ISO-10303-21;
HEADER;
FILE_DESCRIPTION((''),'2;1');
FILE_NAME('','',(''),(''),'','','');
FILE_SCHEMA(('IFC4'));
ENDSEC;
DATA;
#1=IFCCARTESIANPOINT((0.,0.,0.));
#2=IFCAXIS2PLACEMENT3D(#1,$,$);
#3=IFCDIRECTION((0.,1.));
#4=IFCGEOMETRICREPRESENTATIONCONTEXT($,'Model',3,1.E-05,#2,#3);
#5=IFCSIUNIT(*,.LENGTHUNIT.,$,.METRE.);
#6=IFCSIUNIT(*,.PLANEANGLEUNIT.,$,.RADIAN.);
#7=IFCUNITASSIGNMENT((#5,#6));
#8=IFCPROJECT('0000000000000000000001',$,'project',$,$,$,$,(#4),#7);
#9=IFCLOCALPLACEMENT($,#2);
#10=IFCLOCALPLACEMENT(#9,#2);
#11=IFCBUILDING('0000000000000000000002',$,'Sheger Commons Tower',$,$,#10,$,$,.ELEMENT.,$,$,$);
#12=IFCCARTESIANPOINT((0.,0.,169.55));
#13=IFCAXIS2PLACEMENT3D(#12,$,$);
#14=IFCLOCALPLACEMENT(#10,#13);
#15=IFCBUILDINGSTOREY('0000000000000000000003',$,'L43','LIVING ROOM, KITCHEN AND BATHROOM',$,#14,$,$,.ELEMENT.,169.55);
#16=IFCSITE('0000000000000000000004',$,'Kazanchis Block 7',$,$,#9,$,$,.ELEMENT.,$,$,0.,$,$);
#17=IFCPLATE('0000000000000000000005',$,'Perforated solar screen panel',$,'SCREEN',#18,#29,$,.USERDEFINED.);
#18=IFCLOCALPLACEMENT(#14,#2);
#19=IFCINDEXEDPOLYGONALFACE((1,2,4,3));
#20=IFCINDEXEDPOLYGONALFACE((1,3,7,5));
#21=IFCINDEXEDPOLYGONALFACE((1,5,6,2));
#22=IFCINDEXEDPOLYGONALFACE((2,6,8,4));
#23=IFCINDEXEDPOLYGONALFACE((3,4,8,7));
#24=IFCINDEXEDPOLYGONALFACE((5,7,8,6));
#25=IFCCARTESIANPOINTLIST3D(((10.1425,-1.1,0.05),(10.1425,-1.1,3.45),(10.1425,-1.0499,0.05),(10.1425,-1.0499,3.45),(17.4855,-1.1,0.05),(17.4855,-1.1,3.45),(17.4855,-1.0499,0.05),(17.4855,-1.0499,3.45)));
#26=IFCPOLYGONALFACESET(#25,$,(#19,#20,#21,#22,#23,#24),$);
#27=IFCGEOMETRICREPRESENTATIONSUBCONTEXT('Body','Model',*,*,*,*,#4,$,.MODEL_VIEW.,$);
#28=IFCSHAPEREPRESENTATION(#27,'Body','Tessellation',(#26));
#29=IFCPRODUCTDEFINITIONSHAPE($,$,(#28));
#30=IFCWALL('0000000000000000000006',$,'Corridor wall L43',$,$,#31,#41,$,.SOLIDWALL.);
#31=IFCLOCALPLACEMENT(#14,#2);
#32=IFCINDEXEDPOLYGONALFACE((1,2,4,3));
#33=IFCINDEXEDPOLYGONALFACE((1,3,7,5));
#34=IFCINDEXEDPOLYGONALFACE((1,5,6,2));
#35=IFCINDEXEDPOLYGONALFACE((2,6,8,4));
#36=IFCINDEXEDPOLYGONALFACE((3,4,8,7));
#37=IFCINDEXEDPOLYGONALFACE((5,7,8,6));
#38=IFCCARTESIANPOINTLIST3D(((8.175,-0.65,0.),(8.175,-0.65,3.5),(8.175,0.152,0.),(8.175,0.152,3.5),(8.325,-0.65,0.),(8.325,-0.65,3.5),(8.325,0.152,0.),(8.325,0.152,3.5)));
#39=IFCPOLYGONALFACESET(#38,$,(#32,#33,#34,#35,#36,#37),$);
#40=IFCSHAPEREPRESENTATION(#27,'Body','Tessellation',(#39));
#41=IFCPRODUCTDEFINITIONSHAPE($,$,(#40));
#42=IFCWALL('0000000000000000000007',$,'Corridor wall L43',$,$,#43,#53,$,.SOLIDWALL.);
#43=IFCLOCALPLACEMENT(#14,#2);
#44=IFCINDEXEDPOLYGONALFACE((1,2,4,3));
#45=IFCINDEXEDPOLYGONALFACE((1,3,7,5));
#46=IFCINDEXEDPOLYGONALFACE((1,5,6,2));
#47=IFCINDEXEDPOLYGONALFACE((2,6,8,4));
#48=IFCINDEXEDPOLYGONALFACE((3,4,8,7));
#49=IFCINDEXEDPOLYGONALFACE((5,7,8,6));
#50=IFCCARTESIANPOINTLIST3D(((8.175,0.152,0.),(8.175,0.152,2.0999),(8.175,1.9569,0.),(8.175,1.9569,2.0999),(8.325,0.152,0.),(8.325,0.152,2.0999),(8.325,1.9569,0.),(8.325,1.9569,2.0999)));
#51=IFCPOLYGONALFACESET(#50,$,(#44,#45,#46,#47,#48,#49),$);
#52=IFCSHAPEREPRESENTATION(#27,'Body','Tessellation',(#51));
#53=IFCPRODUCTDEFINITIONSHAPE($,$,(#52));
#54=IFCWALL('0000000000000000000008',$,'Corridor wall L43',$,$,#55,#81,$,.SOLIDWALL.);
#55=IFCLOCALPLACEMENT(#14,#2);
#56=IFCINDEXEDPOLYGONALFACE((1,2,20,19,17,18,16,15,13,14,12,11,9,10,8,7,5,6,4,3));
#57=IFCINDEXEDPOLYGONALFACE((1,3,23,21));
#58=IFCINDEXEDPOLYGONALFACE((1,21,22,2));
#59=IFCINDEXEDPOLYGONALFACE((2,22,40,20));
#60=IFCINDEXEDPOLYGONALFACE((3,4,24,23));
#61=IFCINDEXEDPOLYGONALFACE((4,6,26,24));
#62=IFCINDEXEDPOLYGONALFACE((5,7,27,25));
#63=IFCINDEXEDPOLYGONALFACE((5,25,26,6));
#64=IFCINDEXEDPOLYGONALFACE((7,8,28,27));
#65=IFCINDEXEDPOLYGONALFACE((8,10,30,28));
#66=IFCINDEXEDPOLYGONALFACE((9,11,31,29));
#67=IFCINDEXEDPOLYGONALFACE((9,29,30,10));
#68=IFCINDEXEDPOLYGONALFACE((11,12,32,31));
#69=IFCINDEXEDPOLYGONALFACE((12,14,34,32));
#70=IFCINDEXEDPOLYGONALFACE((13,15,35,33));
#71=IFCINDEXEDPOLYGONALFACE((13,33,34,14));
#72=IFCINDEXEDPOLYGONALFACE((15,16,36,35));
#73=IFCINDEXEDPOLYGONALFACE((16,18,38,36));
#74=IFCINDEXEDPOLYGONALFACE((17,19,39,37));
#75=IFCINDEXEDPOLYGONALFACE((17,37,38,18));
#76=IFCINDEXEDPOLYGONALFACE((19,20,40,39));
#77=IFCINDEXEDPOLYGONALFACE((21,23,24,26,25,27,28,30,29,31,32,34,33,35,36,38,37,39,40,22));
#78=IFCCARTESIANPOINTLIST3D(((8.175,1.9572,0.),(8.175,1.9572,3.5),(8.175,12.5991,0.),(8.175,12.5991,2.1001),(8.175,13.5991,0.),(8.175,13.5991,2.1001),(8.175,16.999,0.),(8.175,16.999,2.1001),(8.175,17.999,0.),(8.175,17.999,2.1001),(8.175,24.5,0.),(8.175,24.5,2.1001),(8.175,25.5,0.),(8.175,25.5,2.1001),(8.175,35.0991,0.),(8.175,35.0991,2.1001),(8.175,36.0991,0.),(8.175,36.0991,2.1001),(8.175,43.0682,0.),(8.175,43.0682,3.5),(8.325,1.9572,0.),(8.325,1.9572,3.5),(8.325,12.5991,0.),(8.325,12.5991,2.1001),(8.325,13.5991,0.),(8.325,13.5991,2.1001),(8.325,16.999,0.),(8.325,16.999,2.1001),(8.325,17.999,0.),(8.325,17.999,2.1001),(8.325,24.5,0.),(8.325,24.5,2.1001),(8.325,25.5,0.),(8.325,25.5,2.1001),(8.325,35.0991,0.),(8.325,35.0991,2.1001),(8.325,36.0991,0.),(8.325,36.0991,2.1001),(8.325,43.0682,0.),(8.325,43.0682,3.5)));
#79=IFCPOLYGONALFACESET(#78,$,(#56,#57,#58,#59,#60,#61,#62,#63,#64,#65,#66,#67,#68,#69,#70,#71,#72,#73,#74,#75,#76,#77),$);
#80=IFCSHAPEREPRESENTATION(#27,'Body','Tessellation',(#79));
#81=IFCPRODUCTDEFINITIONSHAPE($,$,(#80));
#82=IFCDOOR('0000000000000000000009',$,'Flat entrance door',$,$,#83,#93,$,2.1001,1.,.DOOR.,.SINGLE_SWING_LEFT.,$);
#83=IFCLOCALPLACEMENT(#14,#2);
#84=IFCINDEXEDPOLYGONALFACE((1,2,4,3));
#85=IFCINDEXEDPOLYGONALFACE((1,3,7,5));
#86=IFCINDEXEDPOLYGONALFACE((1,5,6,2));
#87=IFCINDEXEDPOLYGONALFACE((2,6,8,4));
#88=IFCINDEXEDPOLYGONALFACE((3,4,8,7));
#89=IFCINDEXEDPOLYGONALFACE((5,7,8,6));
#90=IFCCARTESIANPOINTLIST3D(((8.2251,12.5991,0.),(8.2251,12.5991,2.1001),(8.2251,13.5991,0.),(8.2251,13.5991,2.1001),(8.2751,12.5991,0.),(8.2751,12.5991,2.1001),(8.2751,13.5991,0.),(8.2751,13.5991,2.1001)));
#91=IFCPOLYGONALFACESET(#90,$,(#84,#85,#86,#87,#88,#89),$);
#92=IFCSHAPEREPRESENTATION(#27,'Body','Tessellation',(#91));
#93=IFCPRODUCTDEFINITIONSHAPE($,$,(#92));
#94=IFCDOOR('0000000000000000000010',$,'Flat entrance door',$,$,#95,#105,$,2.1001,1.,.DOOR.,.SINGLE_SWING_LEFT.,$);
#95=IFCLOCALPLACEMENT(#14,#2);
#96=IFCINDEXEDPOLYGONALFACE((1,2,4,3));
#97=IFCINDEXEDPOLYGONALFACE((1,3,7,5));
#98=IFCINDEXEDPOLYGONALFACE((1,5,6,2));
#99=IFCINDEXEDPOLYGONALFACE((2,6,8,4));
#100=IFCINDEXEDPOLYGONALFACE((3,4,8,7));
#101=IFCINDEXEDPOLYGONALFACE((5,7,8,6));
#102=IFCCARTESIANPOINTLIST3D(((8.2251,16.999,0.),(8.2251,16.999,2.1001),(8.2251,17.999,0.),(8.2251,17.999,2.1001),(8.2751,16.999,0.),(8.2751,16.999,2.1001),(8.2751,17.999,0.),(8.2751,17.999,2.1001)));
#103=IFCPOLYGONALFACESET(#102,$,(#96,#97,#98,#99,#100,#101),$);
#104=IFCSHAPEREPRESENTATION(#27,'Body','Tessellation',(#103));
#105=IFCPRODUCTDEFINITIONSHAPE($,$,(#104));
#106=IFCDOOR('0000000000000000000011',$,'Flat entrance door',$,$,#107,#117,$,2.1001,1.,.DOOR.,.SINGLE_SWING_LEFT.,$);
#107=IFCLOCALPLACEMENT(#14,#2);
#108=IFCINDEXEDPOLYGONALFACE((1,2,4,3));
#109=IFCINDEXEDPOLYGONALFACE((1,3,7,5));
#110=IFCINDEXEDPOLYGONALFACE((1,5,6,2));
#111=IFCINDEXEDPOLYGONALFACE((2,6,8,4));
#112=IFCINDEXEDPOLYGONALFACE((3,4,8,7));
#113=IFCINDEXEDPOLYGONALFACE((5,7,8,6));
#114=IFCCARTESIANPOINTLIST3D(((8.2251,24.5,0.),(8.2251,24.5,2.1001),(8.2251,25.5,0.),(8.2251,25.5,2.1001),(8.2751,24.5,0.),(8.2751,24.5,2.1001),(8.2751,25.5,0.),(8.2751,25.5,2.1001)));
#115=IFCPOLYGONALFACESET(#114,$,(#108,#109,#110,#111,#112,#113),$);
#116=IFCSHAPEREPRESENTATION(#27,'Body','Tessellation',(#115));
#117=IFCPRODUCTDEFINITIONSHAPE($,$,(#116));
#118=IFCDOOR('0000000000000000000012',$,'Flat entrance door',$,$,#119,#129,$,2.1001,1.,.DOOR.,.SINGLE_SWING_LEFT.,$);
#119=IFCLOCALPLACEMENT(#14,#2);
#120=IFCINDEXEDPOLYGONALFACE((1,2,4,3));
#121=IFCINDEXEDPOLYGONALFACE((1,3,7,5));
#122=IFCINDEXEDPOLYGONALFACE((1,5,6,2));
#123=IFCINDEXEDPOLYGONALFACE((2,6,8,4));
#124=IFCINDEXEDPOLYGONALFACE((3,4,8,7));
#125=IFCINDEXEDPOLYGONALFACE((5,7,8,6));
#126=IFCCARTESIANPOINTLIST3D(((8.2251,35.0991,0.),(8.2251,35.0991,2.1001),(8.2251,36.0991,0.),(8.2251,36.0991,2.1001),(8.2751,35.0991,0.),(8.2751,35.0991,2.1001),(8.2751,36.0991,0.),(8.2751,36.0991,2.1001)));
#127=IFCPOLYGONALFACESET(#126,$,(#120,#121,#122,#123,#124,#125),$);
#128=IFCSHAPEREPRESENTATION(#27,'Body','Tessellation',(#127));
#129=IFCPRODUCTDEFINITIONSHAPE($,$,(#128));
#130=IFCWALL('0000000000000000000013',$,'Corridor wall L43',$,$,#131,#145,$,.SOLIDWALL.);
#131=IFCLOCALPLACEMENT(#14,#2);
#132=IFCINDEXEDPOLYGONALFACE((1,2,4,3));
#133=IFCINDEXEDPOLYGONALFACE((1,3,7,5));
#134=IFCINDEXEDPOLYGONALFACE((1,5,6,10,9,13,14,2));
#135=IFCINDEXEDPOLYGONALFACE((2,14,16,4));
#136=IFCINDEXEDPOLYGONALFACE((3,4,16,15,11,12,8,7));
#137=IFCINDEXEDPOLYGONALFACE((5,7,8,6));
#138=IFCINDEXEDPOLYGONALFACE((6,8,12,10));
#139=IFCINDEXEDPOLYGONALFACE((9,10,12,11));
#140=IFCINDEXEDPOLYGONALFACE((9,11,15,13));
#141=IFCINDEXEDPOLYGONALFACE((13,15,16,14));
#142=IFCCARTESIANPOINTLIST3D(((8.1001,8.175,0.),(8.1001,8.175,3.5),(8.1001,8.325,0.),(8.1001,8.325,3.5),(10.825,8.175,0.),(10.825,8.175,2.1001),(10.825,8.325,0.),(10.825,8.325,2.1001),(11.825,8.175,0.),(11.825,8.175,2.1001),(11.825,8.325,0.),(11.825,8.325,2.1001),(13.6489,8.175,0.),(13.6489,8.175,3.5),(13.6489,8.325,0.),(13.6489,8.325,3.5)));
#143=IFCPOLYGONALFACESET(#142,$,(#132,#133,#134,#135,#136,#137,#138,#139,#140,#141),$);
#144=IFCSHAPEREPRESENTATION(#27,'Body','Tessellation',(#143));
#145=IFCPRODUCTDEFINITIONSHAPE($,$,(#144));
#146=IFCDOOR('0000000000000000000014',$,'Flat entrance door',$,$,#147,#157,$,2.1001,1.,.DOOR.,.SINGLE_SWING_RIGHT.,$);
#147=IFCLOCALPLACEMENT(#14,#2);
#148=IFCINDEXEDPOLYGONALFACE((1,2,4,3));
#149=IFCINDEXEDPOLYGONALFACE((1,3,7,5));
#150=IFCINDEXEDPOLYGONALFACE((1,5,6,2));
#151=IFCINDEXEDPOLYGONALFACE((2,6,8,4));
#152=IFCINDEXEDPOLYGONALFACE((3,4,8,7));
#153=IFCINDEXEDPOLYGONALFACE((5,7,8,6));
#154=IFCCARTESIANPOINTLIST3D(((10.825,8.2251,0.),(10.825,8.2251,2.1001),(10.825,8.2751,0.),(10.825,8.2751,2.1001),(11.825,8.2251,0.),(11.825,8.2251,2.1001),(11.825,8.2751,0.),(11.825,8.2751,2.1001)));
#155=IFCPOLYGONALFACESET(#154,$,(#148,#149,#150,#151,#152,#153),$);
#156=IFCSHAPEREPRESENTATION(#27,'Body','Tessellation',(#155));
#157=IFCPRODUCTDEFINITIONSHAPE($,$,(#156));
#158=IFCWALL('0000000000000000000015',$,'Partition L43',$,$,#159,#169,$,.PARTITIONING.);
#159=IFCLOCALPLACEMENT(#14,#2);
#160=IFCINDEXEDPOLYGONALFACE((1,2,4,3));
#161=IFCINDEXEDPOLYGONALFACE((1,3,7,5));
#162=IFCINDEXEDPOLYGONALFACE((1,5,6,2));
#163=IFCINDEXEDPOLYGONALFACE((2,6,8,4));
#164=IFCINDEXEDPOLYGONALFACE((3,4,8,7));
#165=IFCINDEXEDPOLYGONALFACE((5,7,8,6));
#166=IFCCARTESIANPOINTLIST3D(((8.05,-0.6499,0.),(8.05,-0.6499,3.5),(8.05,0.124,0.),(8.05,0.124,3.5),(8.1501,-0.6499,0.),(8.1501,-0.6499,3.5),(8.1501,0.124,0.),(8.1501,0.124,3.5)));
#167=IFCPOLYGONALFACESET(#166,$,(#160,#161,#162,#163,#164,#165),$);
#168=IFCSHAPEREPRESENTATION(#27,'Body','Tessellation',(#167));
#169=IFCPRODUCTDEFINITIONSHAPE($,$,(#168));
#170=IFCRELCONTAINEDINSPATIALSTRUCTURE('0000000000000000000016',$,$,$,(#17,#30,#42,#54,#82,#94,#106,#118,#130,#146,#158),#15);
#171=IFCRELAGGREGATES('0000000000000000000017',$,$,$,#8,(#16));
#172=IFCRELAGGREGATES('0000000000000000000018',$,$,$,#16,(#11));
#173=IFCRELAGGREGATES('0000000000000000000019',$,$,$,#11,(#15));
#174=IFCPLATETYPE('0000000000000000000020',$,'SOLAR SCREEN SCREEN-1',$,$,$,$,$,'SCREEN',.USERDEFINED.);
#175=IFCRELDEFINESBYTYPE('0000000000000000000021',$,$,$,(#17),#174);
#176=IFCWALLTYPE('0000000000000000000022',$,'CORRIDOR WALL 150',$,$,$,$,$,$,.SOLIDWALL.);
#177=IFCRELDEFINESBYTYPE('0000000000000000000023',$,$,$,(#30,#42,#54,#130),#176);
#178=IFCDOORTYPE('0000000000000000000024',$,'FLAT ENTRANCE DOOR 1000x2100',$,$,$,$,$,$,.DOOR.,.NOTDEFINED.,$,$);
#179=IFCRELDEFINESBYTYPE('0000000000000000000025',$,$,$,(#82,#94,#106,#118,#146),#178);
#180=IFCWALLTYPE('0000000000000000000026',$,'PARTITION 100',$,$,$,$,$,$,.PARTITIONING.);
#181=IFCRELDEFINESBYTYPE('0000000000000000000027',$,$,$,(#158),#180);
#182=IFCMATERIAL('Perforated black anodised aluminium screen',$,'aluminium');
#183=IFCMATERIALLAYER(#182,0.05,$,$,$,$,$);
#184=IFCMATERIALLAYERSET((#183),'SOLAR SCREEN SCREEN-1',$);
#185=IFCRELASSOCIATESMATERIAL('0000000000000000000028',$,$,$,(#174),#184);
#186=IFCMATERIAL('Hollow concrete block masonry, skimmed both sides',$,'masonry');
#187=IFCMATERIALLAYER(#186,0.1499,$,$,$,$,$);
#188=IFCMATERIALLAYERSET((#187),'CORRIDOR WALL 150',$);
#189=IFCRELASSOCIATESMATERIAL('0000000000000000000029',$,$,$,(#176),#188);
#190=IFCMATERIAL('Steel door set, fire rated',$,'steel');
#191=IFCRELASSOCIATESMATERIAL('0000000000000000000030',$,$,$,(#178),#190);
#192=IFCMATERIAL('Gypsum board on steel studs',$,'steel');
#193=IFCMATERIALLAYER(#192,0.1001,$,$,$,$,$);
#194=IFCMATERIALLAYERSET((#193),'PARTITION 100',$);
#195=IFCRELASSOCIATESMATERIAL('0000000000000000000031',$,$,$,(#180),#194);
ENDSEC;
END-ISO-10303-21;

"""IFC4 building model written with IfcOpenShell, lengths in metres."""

from ifc_helpers import new_model, si_unit, direction, frame, frame_2d, origin, origin_2d, place, context, subcontext, project, spatial, rectangle, extrude, material, layer, layer_set, type_object, element, fill, save


model = new_model("IFC4")

# Units and contexts
model_context = context("Model", 3, precision=1e-05, world=origin(), true_north=direction((0.0, 1.0)))
body_context = subcontext(model_context, "Body", "Model", "MODEL_VIEW")
ifc_project = project(units=[si_unit("LENGTHUNIT", "METRE"), si_unit("PLANEANGLEUNIT", "RADIAN")], contexts=[model_context])

# Site, building, storey
site_placement = place(None, origin())
site = spatial("IfcSite", under=ifc_project, at=site_placement, Name="Kazanchis Block 7", CompositionType="ELEMENT", RefElevation=0.0)
building_placement = place(site_placement, origin())
building = spatial("IfcBuilding", under=site, at=building_placement, Name="Sheger Commons Tower", CompositionType="ELEMENT")
storey_placement = place(building_placement, frame((0.0, 0.0, 169.55)))
storey = spatial("IfcBuildingStorey", under=building, at=storey_placement, Name="L43", Description="LIVING ROOM, KITCHEN AND BATHROOM", CompositionType="ELEMENT", Elevation=169.55)

# Plate
ifc_material_1 = material(Name="Perforated black anodised aluminium screen", Category="aluminium")
ifc_layer_1 = layer(ifc_material_1, 0.05)
ifc_layer_set_1 = layer_set([ifc_layer_1], Name="SOLAR SCREEN SCREEN-1")
plate_type = type_object("IfcPlateType", Name="SOLAR SCREEN SCREEN-1", ElementType="SCREEN", PredefinedType="USERDEFINED", material=ifc_layer_set_1)
plate_placement = place(storey_placement, frame((13.814, -1.075, 0.05), z_axis=(0.0, 0.0, 1.0), x_axis=(1.0, 0.0, 0.0)))
element("IfcPlate", 1, at=plate_placement, inside=storey, type_object=plate_type, Name="Perforated solar screen panel", ObjectType="SCREEN", PredefinedType="USERDEFINED", context=body_context, shape_type="SweptSolid", body=[
    extrude(rectangle(XDim=7.343, YDim=0.05, at=origin_2d()), origin(), (0.0, 0.0, 1.0), 3.3999),
])

# Walls
ifc_material_2 = material(Name="Hollow concrete block masonry, skimmed both sides", Category="masonry")
ifc_layer_2 = layer(ifc_material_2, 0.1499)
ifc_layer_set_2 = layer_set([ifc_layer_2], Name="CORRIDOR WALL 150")
wall_type_1 = type_object("IfcWallType", Name="CORRIDOR WALL 150", PredefinedType="SOLIDWALL", material=ifc_layer_set_2)
wall_1_placement = place(storey_placement, frame((8.25, -0.6499, 0.0), z_axis=(0.0, 0.0, 1.0), x_axis=(0.0, 1.0, 0.0)))
element("IfcWall", 2, at=wall_1_placement, inside=storey, type_object=wall_type_1, Name="Corridor wall L43", PredefinedType="SOLIDWALL", context=body_context, shape_type="SweptSolid", body=[
    extrude(rectangle(XDim=0.802, YDim=0.1499, at=frame_2d((0.4009, 0.0))), origin(), (0.0, 0.0, 1.0), 3.5),
])
wall_2_placement = place(storey_placement, frame((8.25, 0.1521, 0.0), z_axis=(0.0, 0.0, 1.0), x_axis=(0.0, 1.0, 0.0)))
element("IfcWall", 3, at=wall_2_placement, inside=storey, type_object=wall_type_1, Name="Corridor wall L43", PredefinedType="SOLIDWALL", context=body_context, shape_type="SweptSolid", body=[
    extrude(rectangle(XDim=1.8049, YDim=0.1499, at=frame_2d((0.9023, 0.0))), origin(), (0.0, 0.0, 1.0), 2.0999),
])

# Wall, openings, doors
wall_3_placement = place(storey_placement, frame((8.25, 1.957, 0.0), z_axis=(0.0, 0.0, 1.0), x_axis=(0.0, 1.0, 0.0)))
wall_3 = element("IfcWall", 4, at=wall_3_placement, inside=storey, type_object=wall_type_1, Name="Corridor wall L43", PredefinedType="SOLIDWALL", context=body_context, shape_type="SweptSolid", body=[
    extrude(rectangle(XDim=41.1111, YDim=0.1499, at=frame_2d((20.5557, 0.0))), origin(), (0.0, 0.0, 1.0), 3.5),
])
opening_1_placement = place(wall_3_placement, frame((10.6421, 0.0, 0.0)))
opening_1 = element("IfcOpeningElement", 5, at=opening_1_placement, cuts=wall_3, PredefinedType="OPENING", context=body_context, shape_type="SweptSolid", body=[
    extrude(rectangle(XDim=1.0, YDim=2.1001, at=frame_2d((0.5, 1.05))), frame((0.0, 0.085, 0.0), z_axis=(0.0, -1.0, 0.0), x_axis=(1.0, 0.0, 0.0)), (0.0, 0.0, 1.0), 0.1699),
])
opening_2_placement = place(wall_3_placement, frame((15.042, 0.0, 0.0)))
opening_2 = element("IfcOpeningElement", 6, at=opening_2_placement, cuts=wall_3, PredefinedType="OPENING", context=body_context, shape_type="SweptSolid", body=[
    extrude(rectangle(XDim=1.0, YDim=2.1001, at=frame_2d((0.5, 1.05))), frame((0.0, 0.085, 0.0), z_axis=(0.0, -1.0, 0.0), x_axis=(1.0, 0.0, 0.0)), (0.0, 0.0, 1.0), 0.1699),
])
opening_3_placement = place(wall_3_placement, frame((22.543, 0.0, 0.0)))
opening_3 = element("IfcOpeningElement", 7, at=opening_3_placement, cuts=wall_3, PredefinedType="OPENING", context=body_context, shape_type="SweptSolid", body=[
    extrude(rectangle(XDim=1.0, YDim=2.1001, at=frame_2d((0.5, 1.05))), frame((0.0, 0.085, 0.0), z_axis=(0.0, -1.0, 0.0), x_axis=(1.0, 0.0, 0.0)), (0.0, 0.0, 1.0), 0.1699),
])
opening_4_placement = place(wall_3_placement, frame((33.1421, 0.0, 0.0)))
opening_4 = element("IfcOpeningElement", 8, at=opening_4_placement, cuts=wall_3, PredefinedType="OPENING", context=body_context, shape_type="SweptSolid", body=[
    extrude(rectangle(XDim=1.0, YDim=2.1001, at=frame_2d((0.5, 1.05))), frame((0.0, 0.085, 0.0), z_axis=(0.0, -1.0, 0.0), x_axis=(1.0, 0.0, 0.0)), (0.0, 0.0, 1.0), 0.1699),
])
ifc_material_3 = material(Name="Steel door set, fire rated", Category="steel")
door_type_1 = type_object("IfcDoorType", Name="FLAT ENTRANCE DOOR 1000x2100", OperationType="NOTDEFINED", PredefinedType="DOOR", material=ifc_material_3)
door_1_placement = place(opening_1_placement, origin())
door_1 = element("IfcDoor", 9, at=door_1_placement, inside=storey, type_object=door_type_1, Name="Flat entrance door", OperationType="SINGLE_SWING_LEFT", OverallHeight=2.1001, OverallWidth=1.0, PredefinedType="DOOR", context=body_context, shape_type="SweptSolid", body=[
    extrude(rectangle(XDim=1.0, YDim=2.1001, at=frame_2d((0.5, 1.05))), frame((0.0, 0.0249, 0.0), z_axis=(0.0, -1.0, 0.0), x_axis=(1.0, 0.0, 0.0)), (0.0, 0.0, 1.0), 0.05),
])
fill(opening_1, door_1)
door_2_placement = place(opening_2_placement, origin())
door_2 = element("IfcDoor", 10, at=door_2_placement, inside=storey, type_object=door_type_1, Name="Flat entrance door", OperationType="SINGLE_SWING_LEFT", OverallHeight=2.1001, OverallWidth=1.0, PredefinedType="DOOR", context=body_context, shape_type="SweptSolid", body=[
    extrude(rectangle(XDim=1.0, YDim=2.1001, at=frame_2d((0.5, 1.05))), frame((0.0, 0.0249, 0.0), z_axis=(0.0, -1.0, 0.0), x_axis=(1.0, 0.0, 0.0)), (0.0, 0.0, 1.0), 0.05),
])
fill(opening_2, door_2)
door_3_placement = place(opening_3_placement, origin())
door_3 = element("IfcDoor", 11, at=door_3_placement, inside=storey, type_object=door_type_1, Name="Flat entrance door", OperationType="SINGLE_SWING_LEFT", OverallHeight=2.1001, OverallWidth=1.0, PredefinedType="DOOR", context=body_context, shape_type="SweptSolid", body=[
    extrude(rectangle(XDim=1.0, YDim=2.1001, at=frame_2d((0.5, 1.05))), frame((0.0, 0.0249, 0.0), z_axis=(0.0, -1.0, 0.0), x_axis=(1.0, 0.0, 0.0)), (0.0, 0.0, 1.0), 0.05),
])
fill(opening_3, door_3)
door_4_placement = place(opening_4_placement, origin())
door_4 = element("IfcDoor", 12, at=door_4_placement, inside=storey, type_object=door_type_1, Name="Flat entrance door", OperationType="SINGLE_SWING_LEFT", OverallHeight=2.1001, OverallWidth=1.0, PredefinedType="DOOR", context=body_context, shape_type="SweptSolid", body=[
    extrude(rectangle(XDim=1.0, YDim=2.1001, at=frame_2d((0.5, 1.05))), frame((0.0, 0.0249, 0.0), z_axis=(0.0, -1.0, 0.0), x_axis=(1.0, 0.0, 0.0)), (0.0, 0.0, 1.0), 0.05),
])
fill(opening_4, door_4)

# Wall, opening, door
wall_4_placement = place(storey_placement, frame((13.6489, 8.25, 0.0), z_axis=(0.0, 0.0, 1.0), x_axis=(-1.0, 0.0, 0.0)))
wall_4 = element("IfcWall", 13, at=wall_4_placement, inside=storey, type_object=wall_type_1, Name="Corridor wall L43", PredefinedType="SOLIDWALL", context=body_context, shape_type="SweptSolid", body=[
    extrude(rectangle(XDim=5.5488, YDim=0.1499, at=frame_2d((2.7744, 0.0))), origin(), (0.0, 0.0, 1.0), 3.5),
])
opening_5_placement = place(wall_4_placement, frame((1.824, 0.0, 0.0)))
opening_5 = element("IfcOpeningElement", 14, at=opening_5_placement, cuts=wall_4, PredefinedType="OPENING", context=body_context, shape_type="SweptSolid", body=[
    extrude(rectangle(XDim=1.0, YDim=2.1001, at=frame_2d((0.5, 1.05))), frame((0.0, 0.085, 0.0), z_axis=(0.0, -1.0, 0.0), x_axis=(1.0, 0.0, 0.0)), (0.0, 0.0, 1.0), 0.1699),
])
door_5_placement = place(opening_5_placement, origin())
door_5 = element("IfcDoor", 15, at=door_5_placement, inside=storey, type_object=door_type_1, Name="Flat entrance door", OperationType="SINGLE_SWING_RIGHT", OverallHeight=2.1001, OverallWidth=1.0, PredefinedType="DOOR", context=body_context, shape_type="SweptSolid", body=[
    extrude(rectangle(XDim=1.0, YDim=2.1001, at=frame_2d((0.5, 1.05))), frame((0.0, 0.0249, 0.0), z_axis=(0.0, -1.0, 0.0), x_axis=(1.0, 0.0, 0.0)), (0.0, 0.0, 1.0), 0.05),
])
fill(opening_5, door_5)

# Wall
ifc_material_4 = material(Name="Gypsum board on steel studs", Category="steel")
ifc_layer_3 = layer(ifc_material_4, 0.1001)
ifc_layer_set_3 = layer_set([ifc_layer_3], Name="PARTITION 100")
wall_type_2 = type_object("IfcWallType", Name="PARTITION 100", PredefinedType="PARTITIONING", material=ifc_layer_set_3)
wall_5_placement = place(storey_placement, frame((8.1001, 0.124, 0.0), z_axis=(0.0, 0.0, 1.0), x_axis=(0.0, -1.0, 0.0)))
element("IfcWall", 16, at=wall_5_placement, inside=storey, type_object=wall_type_2, Name="Partition L43", PredefinedType="PARTITIONING", context=body_context, shape_type="SweptSolid", body=[
    extrude(rectangle(XDim=0.7739, YDim=0.1001, at=frame_2d((0.387, 0.0))), origin(), (0.0, 0.0, 1.0), 3.5),
])

save(model, "model.ifc")
